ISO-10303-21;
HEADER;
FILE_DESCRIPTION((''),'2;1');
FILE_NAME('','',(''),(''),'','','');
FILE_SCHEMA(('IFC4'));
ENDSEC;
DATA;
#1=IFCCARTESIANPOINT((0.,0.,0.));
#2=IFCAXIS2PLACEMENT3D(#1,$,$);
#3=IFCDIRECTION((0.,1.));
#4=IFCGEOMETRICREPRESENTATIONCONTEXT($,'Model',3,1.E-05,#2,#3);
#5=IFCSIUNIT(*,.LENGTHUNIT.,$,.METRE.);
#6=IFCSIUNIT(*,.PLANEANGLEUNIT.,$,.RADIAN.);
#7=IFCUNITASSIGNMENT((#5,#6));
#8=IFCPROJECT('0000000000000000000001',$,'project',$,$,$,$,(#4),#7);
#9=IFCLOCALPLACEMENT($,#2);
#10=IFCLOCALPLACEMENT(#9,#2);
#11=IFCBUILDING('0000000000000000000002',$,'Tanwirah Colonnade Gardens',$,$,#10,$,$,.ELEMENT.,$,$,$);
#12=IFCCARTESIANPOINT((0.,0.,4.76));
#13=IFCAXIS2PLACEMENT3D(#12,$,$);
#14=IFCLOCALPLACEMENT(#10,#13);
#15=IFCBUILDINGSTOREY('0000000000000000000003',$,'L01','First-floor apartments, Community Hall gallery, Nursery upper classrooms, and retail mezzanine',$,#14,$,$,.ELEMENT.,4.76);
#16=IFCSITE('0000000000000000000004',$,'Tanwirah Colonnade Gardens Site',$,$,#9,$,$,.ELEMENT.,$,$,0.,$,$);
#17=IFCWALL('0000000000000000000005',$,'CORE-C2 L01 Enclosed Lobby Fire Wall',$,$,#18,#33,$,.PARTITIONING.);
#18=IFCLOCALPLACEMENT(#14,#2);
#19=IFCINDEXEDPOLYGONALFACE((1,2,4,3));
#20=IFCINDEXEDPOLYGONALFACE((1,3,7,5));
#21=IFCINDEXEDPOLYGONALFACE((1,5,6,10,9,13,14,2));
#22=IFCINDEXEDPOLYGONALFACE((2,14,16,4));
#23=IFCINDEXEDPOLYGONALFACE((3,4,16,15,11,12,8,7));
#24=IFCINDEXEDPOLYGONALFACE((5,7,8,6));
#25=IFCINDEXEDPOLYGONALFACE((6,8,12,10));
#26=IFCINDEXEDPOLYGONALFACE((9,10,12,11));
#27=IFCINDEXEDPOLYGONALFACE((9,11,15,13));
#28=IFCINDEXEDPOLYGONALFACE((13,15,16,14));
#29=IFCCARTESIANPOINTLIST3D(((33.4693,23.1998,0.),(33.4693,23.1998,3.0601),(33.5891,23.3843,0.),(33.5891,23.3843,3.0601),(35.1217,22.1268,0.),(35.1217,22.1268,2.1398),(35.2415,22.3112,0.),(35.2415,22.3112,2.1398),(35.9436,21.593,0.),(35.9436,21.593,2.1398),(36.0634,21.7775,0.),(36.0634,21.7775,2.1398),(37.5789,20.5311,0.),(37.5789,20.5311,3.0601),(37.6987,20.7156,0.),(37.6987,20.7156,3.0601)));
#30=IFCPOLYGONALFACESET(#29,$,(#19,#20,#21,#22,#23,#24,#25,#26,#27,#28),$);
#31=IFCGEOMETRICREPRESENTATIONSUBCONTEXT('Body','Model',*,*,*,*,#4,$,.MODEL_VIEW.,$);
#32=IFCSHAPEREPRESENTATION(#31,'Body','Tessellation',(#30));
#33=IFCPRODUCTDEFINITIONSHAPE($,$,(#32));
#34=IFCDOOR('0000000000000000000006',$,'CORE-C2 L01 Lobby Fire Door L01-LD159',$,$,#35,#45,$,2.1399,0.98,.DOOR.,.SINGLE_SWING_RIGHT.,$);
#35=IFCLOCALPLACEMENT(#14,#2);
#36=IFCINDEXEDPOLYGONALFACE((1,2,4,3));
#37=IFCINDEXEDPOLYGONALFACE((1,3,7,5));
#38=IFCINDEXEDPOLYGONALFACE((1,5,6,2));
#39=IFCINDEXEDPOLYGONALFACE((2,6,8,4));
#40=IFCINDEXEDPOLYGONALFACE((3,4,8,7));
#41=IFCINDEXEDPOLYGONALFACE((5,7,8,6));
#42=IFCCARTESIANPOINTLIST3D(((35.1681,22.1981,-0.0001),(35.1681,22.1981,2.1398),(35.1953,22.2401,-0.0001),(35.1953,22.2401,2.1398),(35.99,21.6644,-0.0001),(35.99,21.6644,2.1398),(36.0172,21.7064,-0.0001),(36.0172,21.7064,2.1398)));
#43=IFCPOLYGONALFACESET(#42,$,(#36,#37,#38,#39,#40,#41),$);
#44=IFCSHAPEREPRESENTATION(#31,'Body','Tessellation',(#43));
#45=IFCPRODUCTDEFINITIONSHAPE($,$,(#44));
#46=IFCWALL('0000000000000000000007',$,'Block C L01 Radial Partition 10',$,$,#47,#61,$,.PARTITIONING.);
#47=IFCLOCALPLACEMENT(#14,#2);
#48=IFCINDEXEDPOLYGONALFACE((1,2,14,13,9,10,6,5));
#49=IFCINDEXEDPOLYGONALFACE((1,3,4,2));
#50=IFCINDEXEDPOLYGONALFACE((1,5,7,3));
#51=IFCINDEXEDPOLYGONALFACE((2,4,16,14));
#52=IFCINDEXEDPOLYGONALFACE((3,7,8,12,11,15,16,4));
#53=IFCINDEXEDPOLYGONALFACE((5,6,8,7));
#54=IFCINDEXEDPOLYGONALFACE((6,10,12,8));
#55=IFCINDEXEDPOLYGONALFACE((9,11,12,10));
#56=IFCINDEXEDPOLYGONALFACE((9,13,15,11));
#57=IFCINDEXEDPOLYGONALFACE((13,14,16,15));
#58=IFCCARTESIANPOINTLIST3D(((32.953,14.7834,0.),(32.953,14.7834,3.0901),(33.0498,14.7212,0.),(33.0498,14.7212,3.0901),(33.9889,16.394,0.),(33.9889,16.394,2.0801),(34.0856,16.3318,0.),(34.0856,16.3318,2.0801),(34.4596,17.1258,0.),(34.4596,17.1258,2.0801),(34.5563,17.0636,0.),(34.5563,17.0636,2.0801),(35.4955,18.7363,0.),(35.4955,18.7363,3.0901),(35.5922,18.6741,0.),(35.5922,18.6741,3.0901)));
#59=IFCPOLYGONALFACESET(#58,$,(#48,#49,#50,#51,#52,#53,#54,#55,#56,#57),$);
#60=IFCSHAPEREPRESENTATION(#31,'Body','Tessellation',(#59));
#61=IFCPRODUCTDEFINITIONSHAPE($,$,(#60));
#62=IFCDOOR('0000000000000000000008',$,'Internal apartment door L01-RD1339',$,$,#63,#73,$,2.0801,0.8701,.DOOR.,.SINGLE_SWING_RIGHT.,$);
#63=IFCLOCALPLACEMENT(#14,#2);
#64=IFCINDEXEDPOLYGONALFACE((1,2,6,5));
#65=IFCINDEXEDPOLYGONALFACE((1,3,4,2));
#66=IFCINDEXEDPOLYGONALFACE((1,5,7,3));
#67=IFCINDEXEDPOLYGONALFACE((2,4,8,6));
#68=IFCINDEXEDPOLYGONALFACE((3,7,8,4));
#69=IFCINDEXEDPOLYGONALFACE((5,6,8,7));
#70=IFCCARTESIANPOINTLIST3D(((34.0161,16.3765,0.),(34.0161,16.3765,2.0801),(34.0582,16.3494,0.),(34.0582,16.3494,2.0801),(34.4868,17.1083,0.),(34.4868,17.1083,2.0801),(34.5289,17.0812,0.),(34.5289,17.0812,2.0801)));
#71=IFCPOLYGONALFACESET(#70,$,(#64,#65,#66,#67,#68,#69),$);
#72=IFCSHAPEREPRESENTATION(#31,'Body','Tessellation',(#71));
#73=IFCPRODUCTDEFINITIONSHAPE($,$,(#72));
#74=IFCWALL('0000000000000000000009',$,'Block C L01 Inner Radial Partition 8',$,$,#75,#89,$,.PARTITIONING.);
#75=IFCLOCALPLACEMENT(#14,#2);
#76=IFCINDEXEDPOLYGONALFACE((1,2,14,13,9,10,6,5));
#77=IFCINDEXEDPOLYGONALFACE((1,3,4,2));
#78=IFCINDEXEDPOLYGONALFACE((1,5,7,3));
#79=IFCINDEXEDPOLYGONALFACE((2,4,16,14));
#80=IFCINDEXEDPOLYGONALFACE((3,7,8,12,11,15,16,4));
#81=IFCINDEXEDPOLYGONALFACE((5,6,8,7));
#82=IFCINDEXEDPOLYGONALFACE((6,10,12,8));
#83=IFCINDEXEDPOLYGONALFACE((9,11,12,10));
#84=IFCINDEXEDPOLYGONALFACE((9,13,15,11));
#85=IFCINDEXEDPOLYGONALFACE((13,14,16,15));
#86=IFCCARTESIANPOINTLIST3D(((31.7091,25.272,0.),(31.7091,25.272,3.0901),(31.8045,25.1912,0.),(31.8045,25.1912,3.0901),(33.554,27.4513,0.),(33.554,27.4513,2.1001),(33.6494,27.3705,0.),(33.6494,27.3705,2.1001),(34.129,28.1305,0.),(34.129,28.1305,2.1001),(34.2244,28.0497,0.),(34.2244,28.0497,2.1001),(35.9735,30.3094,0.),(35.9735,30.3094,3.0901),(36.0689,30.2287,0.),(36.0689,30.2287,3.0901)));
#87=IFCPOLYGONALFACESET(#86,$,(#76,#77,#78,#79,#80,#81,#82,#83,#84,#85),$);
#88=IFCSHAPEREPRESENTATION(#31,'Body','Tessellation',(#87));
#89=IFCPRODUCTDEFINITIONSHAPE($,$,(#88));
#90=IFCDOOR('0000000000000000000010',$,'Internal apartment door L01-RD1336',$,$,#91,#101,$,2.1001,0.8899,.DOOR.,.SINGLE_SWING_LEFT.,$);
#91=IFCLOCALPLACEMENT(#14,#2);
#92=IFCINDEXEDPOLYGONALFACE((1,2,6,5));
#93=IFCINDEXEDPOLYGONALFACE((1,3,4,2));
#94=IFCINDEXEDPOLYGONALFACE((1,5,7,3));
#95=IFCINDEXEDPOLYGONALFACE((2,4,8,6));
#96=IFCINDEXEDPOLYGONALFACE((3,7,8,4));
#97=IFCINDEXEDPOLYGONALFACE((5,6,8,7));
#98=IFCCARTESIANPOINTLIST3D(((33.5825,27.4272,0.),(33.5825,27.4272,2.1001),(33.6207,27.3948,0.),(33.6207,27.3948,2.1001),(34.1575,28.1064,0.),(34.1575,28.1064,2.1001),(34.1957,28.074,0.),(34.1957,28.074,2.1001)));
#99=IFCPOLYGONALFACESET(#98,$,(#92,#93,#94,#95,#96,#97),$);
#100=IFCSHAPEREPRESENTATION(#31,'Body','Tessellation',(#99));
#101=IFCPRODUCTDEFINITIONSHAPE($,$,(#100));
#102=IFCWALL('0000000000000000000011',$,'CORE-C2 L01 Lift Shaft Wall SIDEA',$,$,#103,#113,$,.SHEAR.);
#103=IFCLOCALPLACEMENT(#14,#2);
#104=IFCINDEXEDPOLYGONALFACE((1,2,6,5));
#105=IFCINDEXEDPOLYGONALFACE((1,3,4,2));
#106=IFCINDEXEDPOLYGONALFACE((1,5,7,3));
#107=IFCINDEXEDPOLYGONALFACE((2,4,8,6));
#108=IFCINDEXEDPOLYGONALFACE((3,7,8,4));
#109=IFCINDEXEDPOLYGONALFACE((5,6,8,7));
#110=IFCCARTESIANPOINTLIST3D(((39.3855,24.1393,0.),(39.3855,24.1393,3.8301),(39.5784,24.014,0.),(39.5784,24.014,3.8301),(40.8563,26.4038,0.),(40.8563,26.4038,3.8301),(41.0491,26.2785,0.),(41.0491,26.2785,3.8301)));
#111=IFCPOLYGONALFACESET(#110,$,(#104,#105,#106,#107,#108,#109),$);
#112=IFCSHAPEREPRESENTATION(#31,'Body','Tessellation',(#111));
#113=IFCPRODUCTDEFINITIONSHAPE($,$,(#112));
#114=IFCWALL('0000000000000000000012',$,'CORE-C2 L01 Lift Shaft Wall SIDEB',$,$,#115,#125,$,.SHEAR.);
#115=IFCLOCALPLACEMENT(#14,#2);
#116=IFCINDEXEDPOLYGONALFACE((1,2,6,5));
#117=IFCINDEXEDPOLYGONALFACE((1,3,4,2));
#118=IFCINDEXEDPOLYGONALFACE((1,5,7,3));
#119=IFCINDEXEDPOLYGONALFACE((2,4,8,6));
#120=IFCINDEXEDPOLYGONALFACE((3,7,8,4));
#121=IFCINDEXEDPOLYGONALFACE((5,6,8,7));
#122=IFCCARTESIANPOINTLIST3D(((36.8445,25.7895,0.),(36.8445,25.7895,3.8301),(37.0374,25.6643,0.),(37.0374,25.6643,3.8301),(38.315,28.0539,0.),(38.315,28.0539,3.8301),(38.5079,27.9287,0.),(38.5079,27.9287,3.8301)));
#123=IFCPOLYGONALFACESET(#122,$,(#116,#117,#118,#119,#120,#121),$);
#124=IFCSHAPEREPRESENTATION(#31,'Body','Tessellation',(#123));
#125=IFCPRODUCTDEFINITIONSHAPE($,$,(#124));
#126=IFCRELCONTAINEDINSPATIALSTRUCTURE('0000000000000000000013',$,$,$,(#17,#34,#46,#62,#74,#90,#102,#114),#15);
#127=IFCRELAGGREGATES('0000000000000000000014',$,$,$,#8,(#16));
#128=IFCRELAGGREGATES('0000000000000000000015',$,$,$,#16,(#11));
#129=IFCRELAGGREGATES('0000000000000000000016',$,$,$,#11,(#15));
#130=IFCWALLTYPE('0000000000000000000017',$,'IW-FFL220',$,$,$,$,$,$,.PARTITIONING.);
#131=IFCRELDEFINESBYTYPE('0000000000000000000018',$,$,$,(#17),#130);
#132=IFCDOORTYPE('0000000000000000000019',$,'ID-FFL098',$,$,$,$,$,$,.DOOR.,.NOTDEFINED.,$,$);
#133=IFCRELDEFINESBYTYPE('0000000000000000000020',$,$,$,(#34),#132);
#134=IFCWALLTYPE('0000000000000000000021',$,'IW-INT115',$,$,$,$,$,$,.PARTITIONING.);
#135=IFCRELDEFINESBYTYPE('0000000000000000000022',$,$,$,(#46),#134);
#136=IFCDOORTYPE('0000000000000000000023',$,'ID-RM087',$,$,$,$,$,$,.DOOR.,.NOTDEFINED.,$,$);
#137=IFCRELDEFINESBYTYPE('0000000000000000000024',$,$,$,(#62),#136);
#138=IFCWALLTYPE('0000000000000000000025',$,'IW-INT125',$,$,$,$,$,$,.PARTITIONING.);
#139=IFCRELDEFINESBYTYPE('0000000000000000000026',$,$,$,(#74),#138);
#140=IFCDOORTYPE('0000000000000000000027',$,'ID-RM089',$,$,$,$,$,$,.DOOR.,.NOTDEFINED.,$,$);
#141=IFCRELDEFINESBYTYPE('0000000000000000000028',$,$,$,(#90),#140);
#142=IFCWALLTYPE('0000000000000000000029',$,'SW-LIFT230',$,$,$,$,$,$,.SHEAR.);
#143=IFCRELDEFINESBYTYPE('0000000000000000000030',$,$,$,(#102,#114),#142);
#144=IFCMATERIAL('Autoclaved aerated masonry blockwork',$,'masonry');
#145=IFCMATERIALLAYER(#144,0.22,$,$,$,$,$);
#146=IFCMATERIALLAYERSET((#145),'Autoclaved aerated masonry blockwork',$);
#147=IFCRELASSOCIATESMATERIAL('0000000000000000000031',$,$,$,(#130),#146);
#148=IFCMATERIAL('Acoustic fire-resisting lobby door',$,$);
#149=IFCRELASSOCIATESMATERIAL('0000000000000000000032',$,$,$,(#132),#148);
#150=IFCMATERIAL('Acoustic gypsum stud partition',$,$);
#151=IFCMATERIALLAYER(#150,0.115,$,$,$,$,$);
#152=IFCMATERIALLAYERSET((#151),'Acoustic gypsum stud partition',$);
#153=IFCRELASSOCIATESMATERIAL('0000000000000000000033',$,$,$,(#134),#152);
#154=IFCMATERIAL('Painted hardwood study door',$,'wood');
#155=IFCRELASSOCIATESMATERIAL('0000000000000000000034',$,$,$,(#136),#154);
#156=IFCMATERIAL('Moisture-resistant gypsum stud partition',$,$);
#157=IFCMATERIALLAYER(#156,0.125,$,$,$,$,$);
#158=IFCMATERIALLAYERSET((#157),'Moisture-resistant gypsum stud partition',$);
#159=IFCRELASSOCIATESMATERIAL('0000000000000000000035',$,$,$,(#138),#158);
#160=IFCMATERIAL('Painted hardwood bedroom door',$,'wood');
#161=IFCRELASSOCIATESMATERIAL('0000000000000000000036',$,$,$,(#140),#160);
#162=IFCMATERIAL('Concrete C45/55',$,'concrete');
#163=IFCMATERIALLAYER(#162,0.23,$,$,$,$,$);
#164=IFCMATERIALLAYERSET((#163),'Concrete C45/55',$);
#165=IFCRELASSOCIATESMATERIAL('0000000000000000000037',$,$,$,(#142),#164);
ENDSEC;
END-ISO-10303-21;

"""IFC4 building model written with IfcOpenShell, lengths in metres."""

from ifc_helpers import new_model, si_unit, direction, frame, frame_2d, origin, place, context, subcontext, project, spatial, rectangle, extrude, material, layer, layer_set, type_object, element, fill, save


model = new_model("IFC4")

# Units and contexts
model_context = context("Model", 3, precision=1e-05, world=origin(), true_north=direction((0.0, 1.0)))
body_context = subcontext(model_context, "Body", "Model", "MODEL_VIEW")
ifc_project = project(units=[si_unit("LENGTHUNIT", "METRE"), si_unit("PLANEANGLEUNIT", "RADIAN")], contexts=[model_context])

# Site, building, storey
site_placement = place(None, origin())
site = spatial("IfcSite", under=ifc_project, at=site_placement, Name="Tanwirah Colonnade Gardens Site", CompositionType="ELEMENT", RefElevation=0.0)
building_placement = place(site_placement, origin())
building = spatial("IfcBuilding", under=site, at=building_placement, Name="Tanwirah Colonnade Gardens", CompositionType="ELEMENT")
storey_placement = place(building_placement, frame((0.0, 0.0, 4.76)))
storey = spatial("IfcBuildingStorey", under=building, at=storey_placement, Name="L01", Description="First-floor apartments, Community Hall gallery, Nursery upper classrooms, and retail mezzanine", CompositionType="ELEMENT", Elevation=4.76)

# Walls, openings, doors
ifc_material_1 = material(Name="Autoclaved aerated masonry blockwork", Category="masonry")
ifc_layer_1 = layer(ifc_material_1, 0.22)
ifc_layer_set_1 = layer_set([ifc_layer_1], Name="Autoclaved aerated masonry blockwork")
wall_type_1 = type_object("IfcWallType", Name="IW-FFL220", PredefinedType="PARTITIONING", material=ifc_layer_set_1)
wall_1_placement = place(storey_placement, frame((37.6389, 20.6233, 0.0), z_axis=(0.0, 0.0, 1.0), x_axis=(-0.838681, 0.544622, 0.0)))
wall_1 = element("IfcWall", 1, at=wall_1_placement, inside=storey, type_object=wall_type_1, Name="CORE-C2 L01 Enclosed Lobby Fire Wall", PredefinedType="PARTITIONING", context=body_context, shape_type="SweptSolid", body=[
    extrude(rectangle(XDim=4.9001, YDim=0.22, at=frame_2d((2.4502, 0.0))), origin(), (0.0, 0.0, 1.0), 3.0601),
])
opening_1_placement = place(wall_1_placement, frame((1.95, 0.0, 0.0)))
opening_1 = element("IfcOpeningElement", 2, at=opening_1_placement, cuts=wall_1, PredefinedType="OPENING", context=body_context, shape_type="SweptSolid", body=[
    extrude(rectangle(XDim=0.98, YDim=2.1399, at=frame_2d((0.49, 1.0698))), frame((0.0, 0.1199, 0.0), z_axis=(0.0, -1.0, 0.0), x_axis=(1.0, 0.0, 0.0)), (0.0, 0.0, 1.0), 0.24),
])
ifc_material_2 = material(Name="Acoustic fire-resisting lobby door")
door_type_1 = type_object("IfcDoorType", Name="ID-FFL098", OperationType="NOTDEFINED", PredefinedType="DOOR", material=ifc_material_2)
door_1_placement = place(opening_1_placement, origin())
door_1 = element("IfcDoor", 3, at=door_1_placement, inside=storey, type_object=door_type_1, Name="CORE-C2 L01 Lobby Fire Door L01-LD159", OperationType="SINGLE_SWING_RIGHT", OverallHeight=2.1399, OverallWidth=0.98, PredefinedType="DOOR", context=body_context, shape_type="SweptSolid", body=[
    extrude(rectangle(XDim=0.98, YDim=2.1399, at=frame_2d((0.49, 1.0698))), frame((0.0, 0.0249, 0.0), z_axis=(0.0, -1.0, 0.0), x_axis=(1.0, 0.0, 0.0)), (0.0, 0.0, 1.0), 0.05),
])
fill(opening_1, door_1)
ifc_material_3 = material(Name="Acoustic gypsum stud partition")
ifc_layer_2 = layer(ifc_material_3, 0.115)
ifc_layer_set_2 = layer_set([ifc_layer_2], Name="Acoustic gypsum stud partition")
wall_type_2 = type_object("IfcWallType", Name="IW-INT115", PredefinedType="PARTITIONING", material=ifc_layer_set_2)
wall_2_placement = place(storey_placement, frame((35.5439, 18.7053, 0.0), z_axis=(0.0, 0.0, 1.0), x_axis=(-0.54096, -0.841048, 0.0)))
wall_2 = element("IfcWall", 4, at=wall_2_placement, inside=storey, type_object=wall_type_2, Name="Block C L01 Radial Partition 10", PredefinedType="PARTITIONING", context=body_context, shape_type="SweptSolid", body=[
    extrude(rectangle(XDim=4.7, YDim=0.115, at=frame_2d((2.3501, 0.0))), origin(), (0.0, 0.0, 1.0), 3.0901),
])
opening_2_placement = place(wall_2_placement, frame((1.915, 0.0, 0.0)))
opening_2 = element("IfcOpeningElement", 5, at=opening_2_placement, cuts=wall_2, PredefinedType="OPENING", context=body_context, shape_type="SweptSolid", body=[
    extrude(rectangle(XDim=0.8701, YDim=2.0801, at=frame_2d((0.4351, 1.04))), frame((0.0, 0.0674, 0.0), z_axis=(0.0, -1.0, 0.0), x_axis=(1.0, 0.0, 0.0)), (0.0, 0.0, 1.0), 0.135),
])
ifc_material_4 = material(Name="Painted hardwood study door", Category="wood")
door_type_2 = type_object("IfcDoorType", Name="ID-RM087", OperationType="NOTDEFINED", PredefinedType="DOOR", material=ifc_material_4)
door_2_placement = place(opening_2_placement, origin())
door_2 = element("IfcDoor", 6, at=door_2_placement, inside=storey, type_object=door_type_2, Name="Internal apartment door L01-RD1339", OperationType="SINGLE_SWING_RIGHT", OverallHeight=2.0801, OverallWidth=0.8701, PredefinedType="DOOR", context=body_context, shape_type="SweptSolid", body=[
    extrude(rectangle(XDim=0.8701, YDim=2.0801, at=frame_2d((0.4351, 1.04))), frame((0.0, 0.0249, 0.0), z_axis=(0.0, -1.0, 0.0), x_axis=(1.0, 0.0, 0.0)), (0.0, 0.0, 1.0), 0.05),
])
fill(opening_2, door_2)
ifc_material_5 = material(Name="Moisture-resistant gypsum stud partition")
ifc_layer_3 = layer(ifc_material_5, 0.125)
ifc_layer_set_3 = layer_set([ifc_layer_3], Name="Moisture-resistant gypsum stud partition")
wall_type_3 = type_object("IfcWallType", Name="IW-INT125", PredefinedType="PARTITIONING", material=ifc_layer_set_3)
wall_3_placement = place(storey_placement, frame((36.0212, 30.269, 0.0), z_axis=(0.0, 0.0, 1.0), x_axis=(-0.646121, -0.763235, 0.0)))
wall_3 = element("IfcWall", 7, at=wall_3_placement, inside=storey, type_object=wall_type_3, Name="Block C L01 Inner Radial Partition 8", PredefinedType="PARTITIONING", context=body_context, shape_type="SweptSolid", body=[
    extrude(rectangle(XDim=6.6001, YDim=0.125, at=frame_2d((3.3, 0.0))), origin(), (0.0, 0.0, 1.0), 3.0901),
])
opening_3_placement = place(wall_3_placement, frame((2.855, 0.0, 0.0)))
opening_3 = element("IfcOpeningElement", 8, at=opening_3_placement, cuts=wall_3, PredefinedType="OPENING", context=body_context, shape_type="SweptSolid", body=[
    extrude(rectangle(XDim=0.8899, YDim=2.1001, at=frame_2d((0.4448, 1.05))), frame((0.0, 0.0725, 0.0), z_axis=(0.0, -1.0, 0.0), x_axis=(1.0, 0.0, 0.0)), (0.0, 0.0, 1.0), 0.145),
])
ifc_material_6 = material(Name="Painted hardwood bedroom door", Category="wood")
door_type_3 = type_object("IfcDoorType", Name="ID-RM089", OperationType="NOTDEFINED", PredefinedType="DOOR", material=ifc_material_6)
door_3_placement = place(opening_3_placement, origin())
door_3 = element("IfcDoor", 9, at=door_3_placement, inside=storey, type_object=door_type_3, Name="Internal apartment door L01-RD1336", OperationType="SINGLE_SWING_LEFT", OverallHeight=2.1001, OverallWidth=0.8899, PredefinedType="DOOR", context=body_context, shape_type="SweptSolid", body=[
    extrude(rectangle(XDim=0.8899, YDim=2.1001, at=frame_2d((0.4448, 1.05))), frame((0.0, 0.0249, 0.0), z_axis=(0.0, -1.0, 0.0), x_axis=(1.0, 0.0, 0.0)), (0.0, 0.0, 1.0), 0.05),
])
fill(opening_3, door_3)
ifc_material_7 = material(Name="Concrete C45/55", Category="concrete")
ifc_layer_4 = layer(ifc_material_7, 0.23)
ifc_layer_set_4 = layer_set([ifc_layer_4], Name="Concrete C45/55")
wall_type_4 = type_object("IfcWallType", Name="SW-LIFT230", PredefinedType="SHEAR", material=ifc_layer_set_4)

# Walls
wall_4_placement = place(storey_placement, frame((39.4819, 24.0767, 0.0), z_axis=(0.0, 0.0, 1.0), x_axis=(0.544686, 0.83864, 0.0)))
element("IfcWall", 10, at=wall_4_placement, inside=storey, type_object=wall_type_4, Name="CORE-C2 L01 Lift Shaft Wall SIDEA", PredefinedType="SHEAR", context=body_context, shape_type="SweptSolid", body=[
    extrude(rectangle(XDim=2.7002, YDim=0.23, at=frame_2d((1.3501, 0.0))), origin(), (0.0, 0.0, 1.0), 3.8301),
])
wall_5_placement = place(storey_placement, frame((36.9409, 25.7268, 0.0), z_axis=(0.0, 0.0, 1.0), x_axis=(0.544623, 0.838681, 0.0)))
element("IfcWall", 11, at=wall_5_placement, inside=storey, type_object=wall_type_4, Name="CORE-C2 L01 Lift Shaft Wall SIDEB", PredefinedType="SHEAR", context=body_context, shape_type="SweptSolid", body=[
    extrude(rectangle(XDim=2.7, YDim=0.23, at=frame_2d((1.3501, 0.0))), origin(), (0.0, 0.0, 1.0), 3.8301),
])

save(model, "model.ifc")
